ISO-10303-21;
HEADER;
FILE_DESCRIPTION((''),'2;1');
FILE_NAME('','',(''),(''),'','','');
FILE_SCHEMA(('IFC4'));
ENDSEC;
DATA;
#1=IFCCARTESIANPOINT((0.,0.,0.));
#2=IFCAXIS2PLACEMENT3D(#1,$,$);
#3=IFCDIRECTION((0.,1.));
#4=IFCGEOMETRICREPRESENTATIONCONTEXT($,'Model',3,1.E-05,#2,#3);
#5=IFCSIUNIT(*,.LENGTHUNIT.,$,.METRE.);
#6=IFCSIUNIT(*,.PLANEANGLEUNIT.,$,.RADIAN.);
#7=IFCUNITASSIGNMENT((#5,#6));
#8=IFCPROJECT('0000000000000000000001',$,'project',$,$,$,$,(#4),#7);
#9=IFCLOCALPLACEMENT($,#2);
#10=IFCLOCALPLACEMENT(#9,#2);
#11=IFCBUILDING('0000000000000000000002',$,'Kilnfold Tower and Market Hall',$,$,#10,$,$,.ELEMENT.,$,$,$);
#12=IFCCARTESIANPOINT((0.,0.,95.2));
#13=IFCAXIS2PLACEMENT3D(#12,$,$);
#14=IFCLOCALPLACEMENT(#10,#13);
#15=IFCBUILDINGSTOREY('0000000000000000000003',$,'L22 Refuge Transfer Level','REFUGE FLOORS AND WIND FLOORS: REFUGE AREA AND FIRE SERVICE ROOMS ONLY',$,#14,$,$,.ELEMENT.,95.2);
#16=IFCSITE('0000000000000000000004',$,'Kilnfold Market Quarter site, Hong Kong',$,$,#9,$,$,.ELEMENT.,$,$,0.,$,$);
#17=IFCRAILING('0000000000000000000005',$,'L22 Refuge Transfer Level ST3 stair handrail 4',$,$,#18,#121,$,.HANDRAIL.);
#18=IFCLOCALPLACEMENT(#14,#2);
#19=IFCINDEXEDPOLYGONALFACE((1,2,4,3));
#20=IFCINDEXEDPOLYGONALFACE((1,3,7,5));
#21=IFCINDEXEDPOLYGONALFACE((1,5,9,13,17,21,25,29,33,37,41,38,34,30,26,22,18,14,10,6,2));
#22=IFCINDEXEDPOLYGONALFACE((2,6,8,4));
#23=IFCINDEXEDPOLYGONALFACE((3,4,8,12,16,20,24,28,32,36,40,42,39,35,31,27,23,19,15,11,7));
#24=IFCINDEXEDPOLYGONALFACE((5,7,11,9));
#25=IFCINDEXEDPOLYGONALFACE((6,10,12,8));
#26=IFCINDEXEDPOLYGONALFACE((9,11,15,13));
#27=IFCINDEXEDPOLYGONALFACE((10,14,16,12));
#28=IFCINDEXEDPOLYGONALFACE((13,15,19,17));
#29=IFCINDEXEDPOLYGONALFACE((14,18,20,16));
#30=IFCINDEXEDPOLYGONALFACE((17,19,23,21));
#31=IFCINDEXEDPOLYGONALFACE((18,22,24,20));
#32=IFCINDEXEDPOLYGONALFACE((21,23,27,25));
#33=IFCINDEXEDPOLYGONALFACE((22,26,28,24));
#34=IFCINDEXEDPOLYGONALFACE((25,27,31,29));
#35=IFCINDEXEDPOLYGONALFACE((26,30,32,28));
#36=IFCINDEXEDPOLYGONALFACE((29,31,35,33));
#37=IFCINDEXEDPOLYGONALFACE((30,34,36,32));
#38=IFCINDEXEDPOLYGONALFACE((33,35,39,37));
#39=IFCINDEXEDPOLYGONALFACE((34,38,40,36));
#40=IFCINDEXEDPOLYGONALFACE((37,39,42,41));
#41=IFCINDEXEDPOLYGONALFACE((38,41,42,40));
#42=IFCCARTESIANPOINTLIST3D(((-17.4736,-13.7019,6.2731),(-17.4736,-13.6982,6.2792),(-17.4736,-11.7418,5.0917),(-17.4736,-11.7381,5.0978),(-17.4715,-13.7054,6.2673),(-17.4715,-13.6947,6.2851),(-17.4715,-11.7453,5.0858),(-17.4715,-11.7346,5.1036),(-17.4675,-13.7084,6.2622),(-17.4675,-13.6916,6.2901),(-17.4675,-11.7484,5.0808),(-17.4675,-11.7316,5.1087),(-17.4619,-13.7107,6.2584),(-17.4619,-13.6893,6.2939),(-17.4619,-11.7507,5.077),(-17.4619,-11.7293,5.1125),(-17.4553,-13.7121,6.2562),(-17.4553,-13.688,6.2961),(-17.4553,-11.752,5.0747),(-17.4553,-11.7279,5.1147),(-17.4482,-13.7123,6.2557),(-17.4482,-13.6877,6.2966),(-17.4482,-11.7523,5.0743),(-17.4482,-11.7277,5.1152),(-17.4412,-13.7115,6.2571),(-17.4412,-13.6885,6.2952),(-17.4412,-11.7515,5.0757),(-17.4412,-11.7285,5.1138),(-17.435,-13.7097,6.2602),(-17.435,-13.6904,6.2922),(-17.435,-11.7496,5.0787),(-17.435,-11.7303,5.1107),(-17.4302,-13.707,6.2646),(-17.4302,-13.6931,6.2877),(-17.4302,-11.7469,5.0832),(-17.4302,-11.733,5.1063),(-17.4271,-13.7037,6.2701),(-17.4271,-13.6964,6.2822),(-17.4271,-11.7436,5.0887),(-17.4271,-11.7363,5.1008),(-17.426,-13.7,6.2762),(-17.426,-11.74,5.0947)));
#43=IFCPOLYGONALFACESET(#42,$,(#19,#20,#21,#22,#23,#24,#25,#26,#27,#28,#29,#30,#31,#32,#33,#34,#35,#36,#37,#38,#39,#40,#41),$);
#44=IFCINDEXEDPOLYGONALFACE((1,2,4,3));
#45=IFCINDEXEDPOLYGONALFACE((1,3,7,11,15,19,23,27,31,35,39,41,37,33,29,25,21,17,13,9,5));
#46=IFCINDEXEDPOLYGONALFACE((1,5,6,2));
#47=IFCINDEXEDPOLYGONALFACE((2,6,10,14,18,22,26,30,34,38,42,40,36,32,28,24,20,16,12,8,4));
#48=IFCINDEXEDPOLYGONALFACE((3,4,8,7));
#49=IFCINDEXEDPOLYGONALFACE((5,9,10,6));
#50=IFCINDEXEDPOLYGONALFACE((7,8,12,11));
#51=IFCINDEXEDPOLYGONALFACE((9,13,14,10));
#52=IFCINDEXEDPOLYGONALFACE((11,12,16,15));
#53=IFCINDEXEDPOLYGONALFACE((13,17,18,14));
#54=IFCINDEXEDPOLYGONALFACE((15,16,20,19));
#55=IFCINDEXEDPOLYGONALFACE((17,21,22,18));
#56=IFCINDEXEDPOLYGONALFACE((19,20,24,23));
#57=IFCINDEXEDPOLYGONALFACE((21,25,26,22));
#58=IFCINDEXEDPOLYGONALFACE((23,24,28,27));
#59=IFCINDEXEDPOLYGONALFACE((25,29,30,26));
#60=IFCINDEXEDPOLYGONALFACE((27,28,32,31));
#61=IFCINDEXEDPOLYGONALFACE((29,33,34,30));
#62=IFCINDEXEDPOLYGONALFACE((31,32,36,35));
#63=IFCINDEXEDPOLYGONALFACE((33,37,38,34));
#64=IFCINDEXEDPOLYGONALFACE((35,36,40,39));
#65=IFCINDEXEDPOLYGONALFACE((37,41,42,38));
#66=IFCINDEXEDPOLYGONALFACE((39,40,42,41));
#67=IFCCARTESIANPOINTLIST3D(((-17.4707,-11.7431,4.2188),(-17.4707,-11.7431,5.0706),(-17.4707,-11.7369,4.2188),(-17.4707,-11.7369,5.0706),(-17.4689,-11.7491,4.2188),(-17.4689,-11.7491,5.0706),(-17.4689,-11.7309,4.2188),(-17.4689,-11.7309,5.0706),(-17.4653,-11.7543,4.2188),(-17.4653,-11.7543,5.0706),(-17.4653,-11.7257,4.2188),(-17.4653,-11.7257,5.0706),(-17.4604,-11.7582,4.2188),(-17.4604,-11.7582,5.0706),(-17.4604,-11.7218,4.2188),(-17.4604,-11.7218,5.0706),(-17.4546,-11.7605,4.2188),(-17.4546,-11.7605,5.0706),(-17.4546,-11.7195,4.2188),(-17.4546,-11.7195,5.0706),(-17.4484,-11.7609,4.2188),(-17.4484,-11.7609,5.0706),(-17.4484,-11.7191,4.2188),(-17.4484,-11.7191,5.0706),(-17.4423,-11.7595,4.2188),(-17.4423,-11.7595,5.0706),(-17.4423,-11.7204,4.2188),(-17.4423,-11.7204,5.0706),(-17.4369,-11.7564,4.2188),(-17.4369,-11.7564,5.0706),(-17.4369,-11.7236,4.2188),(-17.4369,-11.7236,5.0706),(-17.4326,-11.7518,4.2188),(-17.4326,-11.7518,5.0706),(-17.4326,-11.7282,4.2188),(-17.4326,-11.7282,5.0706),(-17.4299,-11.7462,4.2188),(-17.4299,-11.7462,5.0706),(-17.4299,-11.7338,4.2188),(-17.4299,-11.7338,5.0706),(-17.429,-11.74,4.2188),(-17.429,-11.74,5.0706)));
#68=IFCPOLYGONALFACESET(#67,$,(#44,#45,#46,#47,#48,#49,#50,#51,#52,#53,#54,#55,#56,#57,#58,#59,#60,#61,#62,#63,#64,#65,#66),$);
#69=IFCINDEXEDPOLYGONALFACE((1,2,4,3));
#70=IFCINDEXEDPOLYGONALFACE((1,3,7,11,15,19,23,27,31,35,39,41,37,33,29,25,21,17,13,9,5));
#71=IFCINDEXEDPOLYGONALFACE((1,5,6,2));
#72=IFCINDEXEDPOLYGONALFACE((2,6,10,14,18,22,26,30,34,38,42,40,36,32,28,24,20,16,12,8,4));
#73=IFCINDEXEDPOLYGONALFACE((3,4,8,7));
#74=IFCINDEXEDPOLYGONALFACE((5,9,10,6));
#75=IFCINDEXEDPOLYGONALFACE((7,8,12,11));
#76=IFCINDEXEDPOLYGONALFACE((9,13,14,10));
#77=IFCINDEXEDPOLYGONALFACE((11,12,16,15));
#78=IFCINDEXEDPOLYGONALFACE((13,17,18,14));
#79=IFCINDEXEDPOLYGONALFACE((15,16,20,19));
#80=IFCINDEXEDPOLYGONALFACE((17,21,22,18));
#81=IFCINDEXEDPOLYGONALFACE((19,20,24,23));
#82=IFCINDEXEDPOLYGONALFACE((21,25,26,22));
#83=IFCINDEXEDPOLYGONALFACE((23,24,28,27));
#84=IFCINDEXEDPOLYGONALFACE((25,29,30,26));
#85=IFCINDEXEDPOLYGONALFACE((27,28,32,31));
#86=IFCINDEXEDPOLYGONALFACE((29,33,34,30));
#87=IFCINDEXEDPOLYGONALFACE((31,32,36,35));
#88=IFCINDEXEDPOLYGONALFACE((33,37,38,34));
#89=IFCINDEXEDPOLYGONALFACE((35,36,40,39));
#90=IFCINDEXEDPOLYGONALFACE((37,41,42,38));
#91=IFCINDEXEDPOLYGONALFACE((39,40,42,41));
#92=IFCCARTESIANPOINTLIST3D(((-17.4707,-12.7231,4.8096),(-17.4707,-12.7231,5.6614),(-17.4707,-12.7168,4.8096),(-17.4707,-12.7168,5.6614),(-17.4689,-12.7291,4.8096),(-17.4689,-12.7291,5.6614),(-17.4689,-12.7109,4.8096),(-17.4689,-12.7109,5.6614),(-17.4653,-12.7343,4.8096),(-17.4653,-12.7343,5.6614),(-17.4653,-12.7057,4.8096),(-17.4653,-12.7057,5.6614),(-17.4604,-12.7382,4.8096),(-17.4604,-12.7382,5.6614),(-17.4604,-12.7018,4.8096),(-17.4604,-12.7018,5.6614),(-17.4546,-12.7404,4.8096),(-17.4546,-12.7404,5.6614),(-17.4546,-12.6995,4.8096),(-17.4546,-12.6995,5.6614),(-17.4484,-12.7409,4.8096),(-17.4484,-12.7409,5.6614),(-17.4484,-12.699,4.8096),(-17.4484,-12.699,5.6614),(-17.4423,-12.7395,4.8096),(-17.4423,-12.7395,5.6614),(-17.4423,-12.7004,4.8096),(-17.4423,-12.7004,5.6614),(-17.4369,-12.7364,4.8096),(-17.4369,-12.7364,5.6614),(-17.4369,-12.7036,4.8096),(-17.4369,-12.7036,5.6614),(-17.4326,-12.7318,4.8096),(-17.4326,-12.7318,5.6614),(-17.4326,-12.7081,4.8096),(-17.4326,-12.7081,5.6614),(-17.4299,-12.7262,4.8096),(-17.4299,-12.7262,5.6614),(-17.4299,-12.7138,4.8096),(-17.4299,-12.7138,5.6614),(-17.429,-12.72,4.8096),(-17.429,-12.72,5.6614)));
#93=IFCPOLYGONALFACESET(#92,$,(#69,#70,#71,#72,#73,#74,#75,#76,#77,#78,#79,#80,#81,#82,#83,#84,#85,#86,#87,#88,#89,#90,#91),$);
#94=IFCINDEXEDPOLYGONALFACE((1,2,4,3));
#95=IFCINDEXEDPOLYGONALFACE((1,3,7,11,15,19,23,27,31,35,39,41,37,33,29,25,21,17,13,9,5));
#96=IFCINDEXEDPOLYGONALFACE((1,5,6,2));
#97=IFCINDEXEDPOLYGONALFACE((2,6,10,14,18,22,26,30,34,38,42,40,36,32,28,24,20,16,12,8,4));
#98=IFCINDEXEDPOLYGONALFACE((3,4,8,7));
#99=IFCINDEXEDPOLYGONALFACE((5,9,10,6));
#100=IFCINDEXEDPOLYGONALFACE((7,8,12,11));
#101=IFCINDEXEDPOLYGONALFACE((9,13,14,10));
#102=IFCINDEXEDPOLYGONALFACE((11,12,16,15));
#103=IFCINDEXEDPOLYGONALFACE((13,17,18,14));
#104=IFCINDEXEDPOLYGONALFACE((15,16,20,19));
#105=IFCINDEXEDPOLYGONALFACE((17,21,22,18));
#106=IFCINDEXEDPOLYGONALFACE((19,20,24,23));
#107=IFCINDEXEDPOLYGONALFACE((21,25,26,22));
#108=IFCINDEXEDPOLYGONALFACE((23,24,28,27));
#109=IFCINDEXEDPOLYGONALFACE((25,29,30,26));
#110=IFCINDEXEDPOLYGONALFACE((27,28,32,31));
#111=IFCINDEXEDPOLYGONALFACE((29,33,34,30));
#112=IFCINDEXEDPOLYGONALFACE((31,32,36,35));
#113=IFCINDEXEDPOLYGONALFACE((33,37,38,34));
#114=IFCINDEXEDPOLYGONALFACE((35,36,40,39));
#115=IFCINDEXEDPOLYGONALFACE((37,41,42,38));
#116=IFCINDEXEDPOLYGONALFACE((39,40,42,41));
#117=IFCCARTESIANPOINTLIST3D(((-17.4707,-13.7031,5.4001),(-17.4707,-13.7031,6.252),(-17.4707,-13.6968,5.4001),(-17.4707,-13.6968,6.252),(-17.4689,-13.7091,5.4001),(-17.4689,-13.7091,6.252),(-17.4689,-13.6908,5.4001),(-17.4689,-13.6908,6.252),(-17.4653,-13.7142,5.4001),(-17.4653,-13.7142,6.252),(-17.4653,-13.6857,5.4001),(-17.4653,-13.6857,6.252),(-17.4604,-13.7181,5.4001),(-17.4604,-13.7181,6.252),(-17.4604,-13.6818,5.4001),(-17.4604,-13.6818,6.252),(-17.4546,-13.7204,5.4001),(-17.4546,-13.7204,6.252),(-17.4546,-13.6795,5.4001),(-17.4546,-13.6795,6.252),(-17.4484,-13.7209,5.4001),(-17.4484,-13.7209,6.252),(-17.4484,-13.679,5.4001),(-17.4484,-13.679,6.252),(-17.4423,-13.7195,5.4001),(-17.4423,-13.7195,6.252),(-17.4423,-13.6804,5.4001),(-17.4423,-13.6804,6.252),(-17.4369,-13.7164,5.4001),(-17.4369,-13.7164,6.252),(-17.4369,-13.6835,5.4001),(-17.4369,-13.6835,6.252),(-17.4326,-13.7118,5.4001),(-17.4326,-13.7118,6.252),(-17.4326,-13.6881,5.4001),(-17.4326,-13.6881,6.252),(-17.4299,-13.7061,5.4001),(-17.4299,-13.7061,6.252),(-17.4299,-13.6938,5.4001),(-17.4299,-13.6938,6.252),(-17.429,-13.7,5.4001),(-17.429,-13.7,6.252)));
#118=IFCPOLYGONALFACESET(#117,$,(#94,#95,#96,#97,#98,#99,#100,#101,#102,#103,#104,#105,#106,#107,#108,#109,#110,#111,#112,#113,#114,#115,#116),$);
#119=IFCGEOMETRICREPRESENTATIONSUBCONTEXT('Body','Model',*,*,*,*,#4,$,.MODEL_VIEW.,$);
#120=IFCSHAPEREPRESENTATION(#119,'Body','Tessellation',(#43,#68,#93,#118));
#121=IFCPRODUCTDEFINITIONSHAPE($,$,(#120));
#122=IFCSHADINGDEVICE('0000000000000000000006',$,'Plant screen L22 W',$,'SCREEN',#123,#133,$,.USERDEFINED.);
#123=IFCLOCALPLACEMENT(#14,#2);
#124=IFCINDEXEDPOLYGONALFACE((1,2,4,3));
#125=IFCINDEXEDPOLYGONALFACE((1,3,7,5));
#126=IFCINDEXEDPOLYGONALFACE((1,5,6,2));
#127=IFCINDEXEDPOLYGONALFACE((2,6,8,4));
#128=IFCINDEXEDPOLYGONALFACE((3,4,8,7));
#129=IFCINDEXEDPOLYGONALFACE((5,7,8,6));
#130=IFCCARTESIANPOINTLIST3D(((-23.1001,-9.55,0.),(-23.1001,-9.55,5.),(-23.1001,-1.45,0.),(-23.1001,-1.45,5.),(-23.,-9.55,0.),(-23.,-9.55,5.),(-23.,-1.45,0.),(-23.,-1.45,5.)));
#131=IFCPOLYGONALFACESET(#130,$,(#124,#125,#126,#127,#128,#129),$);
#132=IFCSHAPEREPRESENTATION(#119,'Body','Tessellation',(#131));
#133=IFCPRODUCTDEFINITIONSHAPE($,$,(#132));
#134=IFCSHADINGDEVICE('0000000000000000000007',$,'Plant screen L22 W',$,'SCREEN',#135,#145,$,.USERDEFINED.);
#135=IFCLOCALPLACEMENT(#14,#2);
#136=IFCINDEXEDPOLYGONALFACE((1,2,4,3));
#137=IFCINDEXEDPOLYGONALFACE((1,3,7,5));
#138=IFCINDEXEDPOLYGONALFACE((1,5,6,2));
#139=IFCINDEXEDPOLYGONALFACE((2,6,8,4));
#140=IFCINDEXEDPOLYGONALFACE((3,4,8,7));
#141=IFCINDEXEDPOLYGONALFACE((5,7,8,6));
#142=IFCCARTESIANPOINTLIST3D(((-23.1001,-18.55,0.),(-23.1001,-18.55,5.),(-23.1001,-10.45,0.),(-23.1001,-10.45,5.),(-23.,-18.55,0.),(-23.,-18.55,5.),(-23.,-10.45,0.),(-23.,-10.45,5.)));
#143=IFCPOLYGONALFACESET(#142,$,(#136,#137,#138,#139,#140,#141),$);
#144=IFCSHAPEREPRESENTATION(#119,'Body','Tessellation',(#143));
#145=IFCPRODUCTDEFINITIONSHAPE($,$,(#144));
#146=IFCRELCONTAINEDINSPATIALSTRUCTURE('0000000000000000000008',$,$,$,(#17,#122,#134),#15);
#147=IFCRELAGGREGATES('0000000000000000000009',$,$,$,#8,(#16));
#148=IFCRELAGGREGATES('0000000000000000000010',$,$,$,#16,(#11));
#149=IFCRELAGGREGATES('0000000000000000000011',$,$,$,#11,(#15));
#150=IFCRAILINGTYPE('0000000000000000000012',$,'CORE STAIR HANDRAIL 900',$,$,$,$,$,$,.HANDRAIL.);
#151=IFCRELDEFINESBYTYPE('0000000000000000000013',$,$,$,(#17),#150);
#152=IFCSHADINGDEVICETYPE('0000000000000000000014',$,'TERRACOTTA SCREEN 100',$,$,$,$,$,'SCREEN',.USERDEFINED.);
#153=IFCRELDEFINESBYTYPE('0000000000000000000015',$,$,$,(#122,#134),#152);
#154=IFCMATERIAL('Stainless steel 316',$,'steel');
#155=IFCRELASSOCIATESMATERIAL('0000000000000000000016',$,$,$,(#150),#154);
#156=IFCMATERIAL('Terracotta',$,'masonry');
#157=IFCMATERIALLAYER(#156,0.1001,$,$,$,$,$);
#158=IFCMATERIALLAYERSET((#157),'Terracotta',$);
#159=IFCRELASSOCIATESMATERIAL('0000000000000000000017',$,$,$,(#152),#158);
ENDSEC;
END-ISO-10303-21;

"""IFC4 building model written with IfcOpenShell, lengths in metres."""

from ifc_helpers import new_model, si_unit, direction, frame, origin, origin_2d, place, context, subcontext, project, spatial, rectangle, circle, extrude, source, transform, mapped, material, layer, layer_set, type_object, element, save


model = new_model("IFC4")

# Units and contexts
model_context = context("Model", 3, precision=1e-05, world=origin(), true_north=direction((0.0, 1.0)))
body_context = subcontext(model_context, "Body", "Model", "MODEL_VIEW")
ifc_project = project(units=[si_unit("LENGTHUNIT", "METRE"), si_unit("PLANEANGLEUNIT", "RADIAN")], contexts=[model_context])

# Site, building, storey
site_placement = place(None, origin())
site = spatial("IfcSite", under=ifc_project, at=site_placement, Name="Kilnfold Market Quarter site, Hong Kong", CompositionType="ELEMENT", RefElevation=0.0)
building_placement = place(site_placement, origin())
building = spatial("IfcBuilding", under=site, at=building_placement, Name="Kilnfold Tower and Market Hall", CompositionType="ELEMENT")
storey_placement = place(building_placement, frame((0.0, 0.0, 95.2)))
storey = spatial("IfcBuildingStorey", under=building, at=storey_placement, Name="L22 Refuge Transfer Level", Description="REFUGE FLOORS AND WIND FLOORS: REFUGE AREA AND FIRE SERVICE ROOMS ONLY", CompositionType="ELEMENT", Elevation=95.2)

# Railing
ifc_material_1 = material(Name="Stainless steel 316", Category="steel")
railing_type_1 = type_object("IfcRailingType", Name="CORE STAIR HANDRAIL 900", PredefinedType="HANDRAIL", material=ifc_material_1)
railing_1_placement = place(storey_placement, frame((-17.45, -11.74, 4.2188)))
element("IfcRailing", 1, at=railing_1_placement, inside=storey, type_object=railing_type_1, Name="L22 Refuge Transfer Level ST3 stair handrail 4", PredefinedType="HANDRAIL", context=body_context, shape_type="SweptSolid", body=[
    extrude(circle(Radius=0.0239, at=origin_2d()), frame((0.0, 0.0, 0.876), z_axis=(0.0, -0.856446, 0.516236), x_axis=(1.0, 0.0, 0.0)), (0.0, 0.0, 1.0), 2.2886),
    extrude(circle(Radius=0.021, at=origin_2d()), origin(), (0.0, 0.0, 1.0), 0.8518),
    extrude(circle(Radius=0.021, at=origin_2d()), frame((0.0, -0.98, 0.5908)), (0.0, 0.0, 1.0), 0.8518),
    extrude(circle(Radius=0.021, at=origin_2d()), frame((0.0, -1.96, 1.1814)), (0.0, 0.0, 1.0), 0.8518),
])

# Shading devices
ifc_material_2 = material(Name="Terracotta", Category="masonry")
ifc_layer_1 = layer(ifc_material_2, 0.1001)
ifc_layer_set_1 = layer_set([ifc_layer_1], Name="Terracotta")
shading_device_type = type_object("IfcShadingDeviceType", Name="TERRACOTTA SCREEN 100", ElementType="SCREEN", PredefinedType="USERDEFINED", material=ifc_layer_set_1)
shared_shape_1 = source(origin(), body_context, "Body", "SweptSolid", [
    extrude(rectangle(XDim=8.1001, YDim=0.1001, at=origin_2d()), origin(), (0.0, 0.0, 1.0), 5.0),
])
for number, where, z_axis, x_axis, name in (
    (2, (-23.05, -5.5, 0.0), (0.0, 0.0, 1.0), (0.0, -1.0, 0.0), "Plant screen L22 W"),
    (3, (-23.05, -14.5, 0.0), (0.0, 0.0, 1.0), (0.0, -1.0, 0.0), "Plant screen L22 W"),
):
    element("IfcShadingDevice", number, at=place(storey_placement, frame(where, z_axis=z_axis, x_axis=x_axis)), inside=storey, type_object=shading_device_type, Name=name, ObjectType="SCREEN", PredefinedType="USERDEFINED", context=body_context, shape_type="MappedRepresentation", body=[
        mapped(shared_shape_1, transform((0.0, 0.0, 0.0))),
    ])

save(model, "model.ifc")
